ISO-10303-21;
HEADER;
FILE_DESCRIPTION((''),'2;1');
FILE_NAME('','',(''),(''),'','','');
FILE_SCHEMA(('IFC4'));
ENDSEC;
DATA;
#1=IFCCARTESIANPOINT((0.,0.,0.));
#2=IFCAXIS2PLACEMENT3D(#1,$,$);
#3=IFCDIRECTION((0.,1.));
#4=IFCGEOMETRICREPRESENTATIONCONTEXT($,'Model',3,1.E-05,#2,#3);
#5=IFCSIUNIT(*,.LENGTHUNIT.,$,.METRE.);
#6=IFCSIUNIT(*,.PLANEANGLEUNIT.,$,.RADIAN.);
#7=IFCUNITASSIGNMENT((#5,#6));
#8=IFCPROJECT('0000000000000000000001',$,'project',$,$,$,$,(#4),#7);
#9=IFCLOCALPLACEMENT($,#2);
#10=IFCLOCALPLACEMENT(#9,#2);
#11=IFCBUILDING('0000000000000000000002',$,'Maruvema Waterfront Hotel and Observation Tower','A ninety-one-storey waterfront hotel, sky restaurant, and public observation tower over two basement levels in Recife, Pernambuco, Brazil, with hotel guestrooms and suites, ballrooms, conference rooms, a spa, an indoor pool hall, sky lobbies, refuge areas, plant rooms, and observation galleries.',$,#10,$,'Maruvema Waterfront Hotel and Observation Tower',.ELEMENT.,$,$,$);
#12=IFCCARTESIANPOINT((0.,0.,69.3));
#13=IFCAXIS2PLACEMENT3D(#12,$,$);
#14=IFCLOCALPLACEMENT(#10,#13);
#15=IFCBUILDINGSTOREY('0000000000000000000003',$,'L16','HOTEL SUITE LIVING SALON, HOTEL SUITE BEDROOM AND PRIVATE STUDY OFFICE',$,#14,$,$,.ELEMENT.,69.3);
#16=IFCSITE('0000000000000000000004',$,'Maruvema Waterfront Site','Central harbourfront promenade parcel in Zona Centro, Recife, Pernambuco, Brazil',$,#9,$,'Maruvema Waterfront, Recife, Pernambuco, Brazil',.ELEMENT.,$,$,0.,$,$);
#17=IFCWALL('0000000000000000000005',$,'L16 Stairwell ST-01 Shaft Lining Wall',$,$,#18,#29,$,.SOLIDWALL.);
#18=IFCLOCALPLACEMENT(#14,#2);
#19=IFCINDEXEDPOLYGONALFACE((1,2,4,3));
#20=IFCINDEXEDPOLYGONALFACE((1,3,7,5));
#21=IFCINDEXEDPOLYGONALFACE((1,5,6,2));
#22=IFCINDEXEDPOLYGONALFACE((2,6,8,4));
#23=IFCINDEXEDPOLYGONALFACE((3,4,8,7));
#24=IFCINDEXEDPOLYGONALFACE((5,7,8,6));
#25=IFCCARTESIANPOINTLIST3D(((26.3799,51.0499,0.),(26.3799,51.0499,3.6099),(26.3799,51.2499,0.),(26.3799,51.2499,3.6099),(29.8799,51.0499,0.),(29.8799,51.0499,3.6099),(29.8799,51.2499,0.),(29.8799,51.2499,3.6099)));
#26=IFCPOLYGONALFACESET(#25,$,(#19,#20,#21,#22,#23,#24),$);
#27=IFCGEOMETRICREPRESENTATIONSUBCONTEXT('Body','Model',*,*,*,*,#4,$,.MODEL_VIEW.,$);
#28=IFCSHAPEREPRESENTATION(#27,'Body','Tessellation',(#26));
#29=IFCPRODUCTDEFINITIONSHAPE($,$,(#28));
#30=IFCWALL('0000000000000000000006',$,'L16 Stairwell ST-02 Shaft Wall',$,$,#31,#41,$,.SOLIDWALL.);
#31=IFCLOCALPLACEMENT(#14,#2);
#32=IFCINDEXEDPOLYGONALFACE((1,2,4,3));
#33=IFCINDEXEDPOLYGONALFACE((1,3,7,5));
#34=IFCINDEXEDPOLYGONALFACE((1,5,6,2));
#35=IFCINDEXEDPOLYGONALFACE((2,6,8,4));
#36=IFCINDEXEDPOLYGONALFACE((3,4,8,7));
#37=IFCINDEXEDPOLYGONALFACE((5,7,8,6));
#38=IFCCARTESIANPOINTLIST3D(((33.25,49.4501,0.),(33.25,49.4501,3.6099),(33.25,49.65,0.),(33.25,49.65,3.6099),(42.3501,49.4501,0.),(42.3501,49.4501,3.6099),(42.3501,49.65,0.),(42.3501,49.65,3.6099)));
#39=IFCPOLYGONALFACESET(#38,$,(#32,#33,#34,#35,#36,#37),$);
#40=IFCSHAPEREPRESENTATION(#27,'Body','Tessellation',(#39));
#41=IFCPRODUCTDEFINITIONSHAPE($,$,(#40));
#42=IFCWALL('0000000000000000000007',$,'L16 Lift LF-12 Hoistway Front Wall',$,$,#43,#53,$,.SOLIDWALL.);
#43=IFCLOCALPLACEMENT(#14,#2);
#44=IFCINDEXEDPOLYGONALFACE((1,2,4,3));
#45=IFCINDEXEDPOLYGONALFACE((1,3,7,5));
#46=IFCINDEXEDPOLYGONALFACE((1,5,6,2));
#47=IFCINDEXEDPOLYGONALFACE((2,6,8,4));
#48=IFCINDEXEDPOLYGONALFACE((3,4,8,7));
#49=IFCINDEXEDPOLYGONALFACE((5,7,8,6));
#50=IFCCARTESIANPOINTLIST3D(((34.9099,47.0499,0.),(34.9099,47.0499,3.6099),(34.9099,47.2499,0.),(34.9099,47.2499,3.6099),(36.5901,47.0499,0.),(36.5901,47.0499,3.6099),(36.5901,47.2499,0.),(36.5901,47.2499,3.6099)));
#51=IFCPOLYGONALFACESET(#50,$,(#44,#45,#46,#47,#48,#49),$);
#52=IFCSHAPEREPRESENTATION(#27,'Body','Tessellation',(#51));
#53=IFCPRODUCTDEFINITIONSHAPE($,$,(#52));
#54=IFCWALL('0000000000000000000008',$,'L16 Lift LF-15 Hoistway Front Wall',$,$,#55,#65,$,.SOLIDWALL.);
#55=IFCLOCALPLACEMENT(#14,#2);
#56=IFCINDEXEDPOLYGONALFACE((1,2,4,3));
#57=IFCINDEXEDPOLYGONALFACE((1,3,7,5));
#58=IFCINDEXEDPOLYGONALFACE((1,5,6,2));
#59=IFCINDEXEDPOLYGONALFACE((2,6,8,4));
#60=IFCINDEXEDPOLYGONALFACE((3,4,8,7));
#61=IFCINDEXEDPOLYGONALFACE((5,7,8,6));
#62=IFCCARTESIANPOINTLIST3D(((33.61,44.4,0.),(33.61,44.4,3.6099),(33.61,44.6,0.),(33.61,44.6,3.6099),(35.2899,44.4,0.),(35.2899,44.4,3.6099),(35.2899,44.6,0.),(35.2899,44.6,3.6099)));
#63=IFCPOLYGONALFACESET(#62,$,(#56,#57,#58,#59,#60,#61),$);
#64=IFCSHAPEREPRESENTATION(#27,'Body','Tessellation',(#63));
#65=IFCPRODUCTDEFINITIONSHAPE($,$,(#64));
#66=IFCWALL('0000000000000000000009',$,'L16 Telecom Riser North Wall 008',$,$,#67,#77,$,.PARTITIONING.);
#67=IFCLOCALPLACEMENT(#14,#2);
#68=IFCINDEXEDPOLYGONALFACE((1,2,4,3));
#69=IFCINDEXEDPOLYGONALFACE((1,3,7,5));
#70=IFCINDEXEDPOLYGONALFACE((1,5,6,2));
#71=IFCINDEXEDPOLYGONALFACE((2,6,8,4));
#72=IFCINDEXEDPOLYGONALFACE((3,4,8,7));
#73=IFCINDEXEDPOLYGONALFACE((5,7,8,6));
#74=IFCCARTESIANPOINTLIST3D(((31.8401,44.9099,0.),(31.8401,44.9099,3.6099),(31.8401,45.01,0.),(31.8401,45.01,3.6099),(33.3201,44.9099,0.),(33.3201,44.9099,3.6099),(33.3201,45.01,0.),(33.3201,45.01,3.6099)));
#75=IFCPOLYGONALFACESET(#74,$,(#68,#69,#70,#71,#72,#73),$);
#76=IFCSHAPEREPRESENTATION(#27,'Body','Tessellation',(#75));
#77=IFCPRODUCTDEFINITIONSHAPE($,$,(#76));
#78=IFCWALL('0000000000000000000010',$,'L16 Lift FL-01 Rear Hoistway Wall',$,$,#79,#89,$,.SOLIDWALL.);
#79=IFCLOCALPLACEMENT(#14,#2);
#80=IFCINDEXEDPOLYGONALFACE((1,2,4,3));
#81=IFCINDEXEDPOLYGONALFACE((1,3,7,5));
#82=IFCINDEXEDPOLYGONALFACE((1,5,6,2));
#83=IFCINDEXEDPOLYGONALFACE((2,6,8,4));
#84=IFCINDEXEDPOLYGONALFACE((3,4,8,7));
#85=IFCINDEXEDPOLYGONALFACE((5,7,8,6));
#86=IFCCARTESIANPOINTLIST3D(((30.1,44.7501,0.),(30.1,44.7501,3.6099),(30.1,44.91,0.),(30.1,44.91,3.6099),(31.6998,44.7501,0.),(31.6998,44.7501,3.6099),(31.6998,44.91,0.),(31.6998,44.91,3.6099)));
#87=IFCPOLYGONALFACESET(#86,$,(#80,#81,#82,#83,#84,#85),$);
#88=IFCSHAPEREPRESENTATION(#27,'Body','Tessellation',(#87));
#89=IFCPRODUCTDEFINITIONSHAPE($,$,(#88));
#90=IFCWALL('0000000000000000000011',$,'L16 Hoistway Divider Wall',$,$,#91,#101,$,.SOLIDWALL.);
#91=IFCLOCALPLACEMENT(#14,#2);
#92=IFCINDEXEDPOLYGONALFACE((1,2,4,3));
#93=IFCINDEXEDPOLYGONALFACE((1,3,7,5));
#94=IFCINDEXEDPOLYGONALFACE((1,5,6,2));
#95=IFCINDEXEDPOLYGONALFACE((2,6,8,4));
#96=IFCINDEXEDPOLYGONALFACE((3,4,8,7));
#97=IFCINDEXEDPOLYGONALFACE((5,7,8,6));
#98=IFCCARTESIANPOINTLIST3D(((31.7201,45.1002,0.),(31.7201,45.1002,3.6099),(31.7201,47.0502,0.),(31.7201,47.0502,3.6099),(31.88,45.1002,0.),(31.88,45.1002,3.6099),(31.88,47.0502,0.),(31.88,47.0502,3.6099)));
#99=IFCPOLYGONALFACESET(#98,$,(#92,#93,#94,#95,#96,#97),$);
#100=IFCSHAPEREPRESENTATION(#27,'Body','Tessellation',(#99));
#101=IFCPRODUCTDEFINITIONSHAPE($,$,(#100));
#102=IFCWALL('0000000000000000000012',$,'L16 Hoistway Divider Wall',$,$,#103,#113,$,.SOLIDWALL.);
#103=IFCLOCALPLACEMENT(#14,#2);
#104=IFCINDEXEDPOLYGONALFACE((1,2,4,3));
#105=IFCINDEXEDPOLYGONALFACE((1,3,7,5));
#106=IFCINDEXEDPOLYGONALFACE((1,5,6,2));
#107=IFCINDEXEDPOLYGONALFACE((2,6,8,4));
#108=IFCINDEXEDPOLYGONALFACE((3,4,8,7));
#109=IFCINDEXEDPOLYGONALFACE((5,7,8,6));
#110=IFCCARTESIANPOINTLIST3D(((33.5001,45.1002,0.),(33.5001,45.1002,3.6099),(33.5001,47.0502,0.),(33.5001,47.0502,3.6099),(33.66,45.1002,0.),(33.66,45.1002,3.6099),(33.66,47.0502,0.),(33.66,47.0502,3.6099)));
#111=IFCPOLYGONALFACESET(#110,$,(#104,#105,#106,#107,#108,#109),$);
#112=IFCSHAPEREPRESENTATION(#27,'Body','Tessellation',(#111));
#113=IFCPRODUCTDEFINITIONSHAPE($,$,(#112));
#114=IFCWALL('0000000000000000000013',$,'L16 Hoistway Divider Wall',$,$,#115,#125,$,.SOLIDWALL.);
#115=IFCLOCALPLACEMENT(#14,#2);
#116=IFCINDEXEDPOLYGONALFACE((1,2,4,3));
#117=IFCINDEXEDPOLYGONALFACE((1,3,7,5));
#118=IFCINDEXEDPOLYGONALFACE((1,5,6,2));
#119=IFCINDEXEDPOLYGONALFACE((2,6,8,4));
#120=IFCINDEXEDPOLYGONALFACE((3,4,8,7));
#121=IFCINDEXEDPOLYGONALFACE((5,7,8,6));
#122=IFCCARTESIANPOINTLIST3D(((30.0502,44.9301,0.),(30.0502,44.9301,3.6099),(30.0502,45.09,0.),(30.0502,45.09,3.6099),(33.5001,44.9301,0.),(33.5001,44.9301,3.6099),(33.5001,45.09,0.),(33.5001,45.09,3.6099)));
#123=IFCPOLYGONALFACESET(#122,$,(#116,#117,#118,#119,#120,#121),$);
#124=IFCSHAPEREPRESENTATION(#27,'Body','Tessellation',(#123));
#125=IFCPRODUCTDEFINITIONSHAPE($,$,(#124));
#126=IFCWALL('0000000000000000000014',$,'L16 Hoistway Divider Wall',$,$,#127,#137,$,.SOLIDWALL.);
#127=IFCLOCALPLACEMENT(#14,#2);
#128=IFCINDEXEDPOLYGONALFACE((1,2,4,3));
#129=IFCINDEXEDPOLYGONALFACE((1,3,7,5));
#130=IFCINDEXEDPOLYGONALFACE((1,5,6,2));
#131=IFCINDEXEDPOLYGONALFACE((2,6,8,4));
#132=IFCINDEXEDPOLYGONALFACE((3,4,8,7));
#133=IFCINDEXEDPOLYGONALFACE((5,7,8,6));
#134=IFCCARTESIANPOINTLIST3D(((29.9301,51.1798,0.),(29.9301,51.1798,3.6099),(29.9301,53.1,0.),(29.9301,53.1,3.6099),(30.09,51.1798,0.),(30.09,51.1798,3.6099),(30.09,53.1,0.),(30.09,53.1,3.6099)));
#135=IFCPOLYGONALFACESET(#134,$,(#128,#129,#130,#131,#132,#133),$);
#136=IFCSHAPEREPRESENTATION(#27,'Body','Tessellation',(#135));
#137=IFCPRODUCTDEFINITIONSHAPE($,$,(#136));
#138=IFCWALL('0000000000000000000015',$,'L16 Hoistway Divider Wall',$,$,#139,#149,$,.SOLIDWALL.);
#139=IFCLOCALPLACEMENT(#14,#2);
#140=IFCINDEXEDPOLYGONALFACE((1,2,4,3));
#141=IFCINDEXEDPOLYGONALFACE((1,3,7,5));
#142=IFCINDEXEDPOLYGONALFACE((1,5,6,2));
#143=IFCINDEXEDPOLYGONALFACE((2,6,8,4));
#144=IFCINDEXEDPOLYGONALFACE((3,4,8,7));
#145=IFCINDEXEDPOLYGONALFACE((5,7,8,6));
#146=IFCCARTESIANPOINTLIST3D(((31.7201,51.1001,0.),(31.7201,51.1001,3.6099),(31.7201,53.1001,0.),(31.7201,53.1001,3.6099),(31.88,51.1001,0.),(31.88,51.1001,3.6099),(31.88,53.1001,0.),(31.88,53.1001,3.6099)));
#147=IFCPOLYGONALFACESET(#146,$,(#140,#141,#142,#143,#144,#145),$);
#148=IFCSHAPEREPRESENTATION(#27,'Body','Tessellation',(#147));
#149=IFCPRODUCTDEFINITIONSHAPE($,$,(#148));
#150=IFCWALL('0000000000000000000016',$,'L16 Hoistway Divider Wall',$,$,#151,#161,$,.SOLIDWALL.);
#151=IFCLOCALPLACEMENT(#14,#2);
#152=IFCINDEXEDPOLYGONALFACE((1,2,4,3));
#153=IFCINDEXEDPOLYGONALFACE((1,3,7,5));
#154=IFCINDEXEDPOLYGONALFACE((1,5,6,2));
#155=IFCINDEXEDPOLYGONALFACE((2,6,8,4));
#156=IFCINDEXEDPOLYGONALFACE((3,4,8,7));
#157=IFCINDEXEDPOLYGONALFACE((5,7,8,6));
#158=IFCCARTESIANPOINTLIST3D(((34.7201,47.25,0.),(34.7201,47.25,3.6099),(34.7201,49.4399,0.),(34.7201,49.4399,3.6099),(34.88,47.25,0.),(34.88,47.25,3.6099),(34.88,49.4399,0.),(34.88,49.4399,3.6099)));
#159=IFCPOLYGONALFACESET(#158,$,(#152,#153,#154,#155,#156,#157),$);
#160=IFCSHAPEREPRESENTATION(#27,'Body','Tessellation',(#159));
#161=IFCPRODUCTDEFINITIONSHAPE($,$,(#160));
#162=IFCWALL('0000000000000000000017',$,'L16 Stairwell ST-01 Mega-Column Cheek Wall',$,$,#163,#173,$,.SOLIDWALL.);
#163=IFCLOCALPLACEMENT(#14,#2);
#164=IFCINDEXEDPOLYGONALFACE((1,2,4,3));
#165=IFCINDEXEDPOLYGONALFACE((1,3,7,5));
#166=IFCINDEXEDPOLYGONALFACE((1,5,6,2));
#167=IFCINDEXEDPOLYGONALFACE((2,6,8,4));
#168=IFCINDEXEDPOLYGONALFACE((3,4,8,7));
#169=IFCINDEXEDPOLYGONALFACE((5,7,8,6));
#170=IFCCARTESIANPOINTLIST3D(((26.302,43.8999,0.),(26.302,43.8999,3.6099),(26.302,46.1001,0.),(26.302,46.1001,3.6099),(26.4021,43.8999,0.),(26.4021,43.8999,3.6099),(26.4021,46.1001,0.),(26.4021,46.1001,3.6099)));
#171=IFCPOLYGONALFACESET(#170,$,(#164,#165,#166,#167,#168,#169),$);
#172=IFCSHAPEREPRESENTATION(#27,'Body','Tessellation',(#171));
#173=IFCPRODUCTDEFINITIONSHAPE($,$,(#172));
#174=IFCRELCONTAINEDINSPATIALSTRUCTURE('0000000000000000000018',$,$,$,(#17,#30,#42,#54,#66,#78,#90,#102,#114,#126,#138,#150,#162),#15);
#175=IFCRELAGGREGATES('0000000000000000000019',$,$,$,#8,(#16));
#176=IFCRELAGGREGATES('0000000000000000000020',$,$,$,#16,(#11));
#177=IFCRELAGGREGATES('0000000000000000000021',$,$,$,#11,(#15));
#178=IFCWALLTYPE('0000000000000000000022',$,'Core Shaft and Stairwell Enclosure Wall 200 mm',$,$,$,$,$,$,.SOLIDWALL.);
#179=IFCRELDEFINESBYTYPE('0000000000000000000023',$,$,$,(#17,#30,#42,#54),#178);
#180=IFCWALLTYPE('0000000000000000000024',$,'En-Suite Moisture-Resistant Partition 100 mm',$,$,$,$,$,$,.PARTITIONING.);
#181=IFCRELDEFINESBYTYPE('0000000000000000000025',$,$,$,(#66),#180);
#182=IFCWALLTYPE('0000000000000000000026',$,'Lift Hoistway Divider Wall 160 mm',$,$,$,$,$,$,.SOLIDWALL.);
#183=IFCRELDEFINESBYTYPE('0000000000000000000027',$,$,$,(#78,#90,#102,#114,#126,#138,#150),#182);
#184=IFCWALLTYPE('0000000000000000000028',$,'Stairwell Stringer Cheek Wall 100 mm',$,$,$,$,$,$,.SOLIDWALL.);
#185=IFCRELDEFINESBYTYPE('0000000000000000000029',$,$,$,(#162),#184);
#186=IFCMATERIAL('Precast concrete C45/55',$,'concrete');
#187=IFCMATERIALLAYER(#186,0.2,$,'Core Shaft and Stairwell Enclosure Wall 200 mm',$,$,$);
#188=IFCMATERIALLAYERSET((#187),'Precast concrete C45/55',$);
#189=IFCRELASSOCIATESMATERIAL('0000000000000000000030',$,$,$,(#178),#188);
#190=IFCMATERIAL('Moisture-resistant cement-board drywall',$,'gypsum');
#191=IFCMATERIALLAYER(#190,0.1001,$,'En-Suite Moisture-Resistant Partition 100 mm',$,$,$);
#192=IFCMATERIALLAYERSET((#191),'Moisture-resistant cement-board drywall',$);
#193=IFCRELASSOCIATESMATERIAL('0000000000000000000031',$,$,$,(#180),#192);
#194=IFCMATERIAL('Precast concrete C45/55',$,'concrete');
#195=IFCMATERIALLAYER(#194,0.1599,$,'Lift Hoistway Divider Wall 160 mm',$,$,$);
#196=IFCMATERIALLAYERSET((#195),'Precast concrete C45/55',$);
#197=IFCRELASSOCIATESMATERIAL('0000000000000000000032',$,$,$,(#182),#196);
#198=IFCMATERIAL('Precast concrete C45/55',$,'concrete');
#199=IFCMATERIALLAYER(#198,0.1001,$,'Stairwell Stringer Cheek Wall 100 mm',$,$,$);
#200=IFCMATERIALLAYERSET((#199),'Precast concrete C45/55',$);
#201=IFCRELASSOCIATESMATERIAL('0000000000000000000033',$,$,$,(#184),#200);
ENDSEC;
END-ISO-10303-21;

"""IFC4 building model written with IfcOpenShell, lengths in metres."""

from ifc_helpers import new_model, si_unit, direction, frame, frame_2d, origin, place, context, subcontext, project, spatial, rectangle, extrude, material, layer, layer_set, type_object, element, save


model = new_model("IFC4")

# Units and contexts
model_context = context("Model", 3, precision=1e-05, world=origin(), true_north=direction((0.0, 1.0)))
body_context = subcontext(model_context, "Body", "Model", "MODEL_VIEW")
ifc_project = project(units=[si_unit("LENGTHUNIT", "METRE"), si_unit("PLANEANGLEUNIT", "RADIAN")], contexts=[model_context])

# Site, building, storey
site_placement = place(None, origin())
site = spatial("IfcSite", under=ifc_project, at=site_placement, Name="Maruvema Waterfront Site", Description="Central harbourfront promenade parcel in Zona Centro, Recife, Pernambuco, Brazil", LongName="Maruvema Waterfront, Recife, Pernambuco, Brazil", CompositionType="ELEMENT", RefElevation=0.0)
building_placement = place(site_placement, origin())
building = spatial("IfcBuilding", under=site, at=building_placement, Name="Maruvema Waterfront Hotel and Observation Tower", Description="A ninety-one-storey waterfront hotel, sky restaurant, and public observation tower over two basement levels in Recife, Pernambuco, Brazil, with hotel guestrooms and suites, ballrooms, conference rooms, a spa, an indoor pool hall, sky lobbies, refuge areas, plant rooms, and observation galleries.", LongName="Maruvema Waterfront Hotel and Observation Tower", CompositionType="ELEMENT")
storey_placement = place(building_placement, frame((0.0, 0.0, 69.3)))
storey = spatial("IfcBuildingStorey", under=building, at=storey_placement, Name="L16", Description="HOTEL SUITE LIVING SALON, HOTEL SUITE BEDROOM AND PRIVATE STUDY OFFICE", CompositionType="ELEMENT", Elevation=69.3)

# Walls
ifc_material_1 = material(Name="Precast concrete C45/55", Category="concrete")
ifc_layer_1 = layer(ifc_material_1, 0.2, Name="Core Shaft and Stairwell Enclosure Wall 200 mm")
ifc_layer_set_1 = layer_set([ifc_layer_1], Name="Precast concrete C45/55")
wall_type_1 = type_object("IfcWallType", Name="Core Shaft and Stairwell Enclosure Wall 200 mm", PredefinedType="SOLIDWALL", material=ifc_layer_set_1)
wall_1_placement = place(storey_placement, frame((26.3799, 51.1499, 0.0), z_axis=(0.0, 0.0, 1.0), x_axis=(1.0, 0.0, 0.0)))
element("IfcWall", 1, at=wall_1_placement, inside=storey, type_object=wall_type_1, Name="L16 Stairwell ST-01 Shaft Lining Wall", PredefinedType="SOLIDWALL", context=body_context, shape_type="SweptSolid", body=[
    extrude(rectangle(XDim=3.5, YDim=0.2, at=frame_2d((1.75, 0.0))), origin(), (0.0, 0.0, 1.0), 3.6099),
])
wall_2_placement = place(storey_placement, frame((33.25, 49.55, 0.0), z_axis=(0.0, 0.0, 1.0), x_axis=(1.0, 0.0, 0.0)))
element("IfcWall", 2, at=wall_2_placement, inside=storey, type_object=wall_type_1, Name="L16 Stairwell ST-02 Shaft Wall", PredefinedType="SOLIDWALL", context=body_context, shape_type="SweptSolid", body=[
    extrude(rectangle(XDim=9.1001, YDim=0.2, at=frame_2d((4.55, 0.0))), origin(), (0.0, 0.0, 1.0), 3.6099),
])

# Walls
wall_3_placement = place(storey_placement, frame((34.9099, 47.1499, 0.0), z_axis=(0.0, 0.0, 1.0), x_axis=(1.0, 0.0, 0.0)))
element("IfcWall", 3, at=wall_3_placement, inside=storey, type_object=wall_type_1, Name="L16 Lift LF-12 Hoistway Front Wall", PredefinedType="SOLIDWALL", context=body_context, shape_type="SweptSolid", body=[
    extrude(rectangle(XDim=1.6802, YDim=0.2, at=frame_2d((0.8401, 0.0))), origin(), (0.0, 0.0, 1.0), 3.6099),
])
wall_4_placement = place(storey_placement, frame((33.6101, 44.5, 0.0), z_axis=(0.0, 0.0, 1.0), x_axis=(1.0, 0.0, 0.0)))
element("IfcWall", 4, at=wall_4_placement, inside=storey, type_object=wall_type_1, Name="L16 Lift LF-15 Hoistway Front Wall", PredefinedType="SOLIDWALL", context=body_context, shape_type="SweptSolid", body=[
    extrude(rectangle(XDim=1.6799, YDim=0.2, at=frame_2d((0.8398, 0.0))), origin(), (0.0, 0.0, 1.0), 3.6099),
])
ifc_material_2 = material(Name="Moisture-resistant cement-board drywall", Category="gypsum")
ifc_layer_2 = layer(ifc_material_2, 0.1001, Name="En-Suite Moisture-Resistant Partition 100 mm")
ifc_layer_set_2 = layer_set([ifc_layer_2], Name="Moisture-resistant cement-board drywall")
wall_type_2 = type_object("IfcWallType", Name="En-Suite Moisture-Resistant Partition 100 mm", PredefinedType="PARTITIONING", material=ifc_layer_set_2)
wall_5_placement = place(storey_placement, frame((31.8401, 44.96, 0.0), z_axis=(0.0, 0.0, 1.0), x_axis=(1.0, 0.0, 0.0)))
element("IfcWall", 5, at=wall_5_placement, inside=storey, type_object=wall_type_2, Name="L16 Telecom Riser North Wall 008", PredefinedType="PARTITIONING", context=body_context, shape_type="SweptSolid", body=[
    extrude(rectangle(XDim=1.48, YDim=0.1001, at=frame_2d((0.74, 0.0))), origin(), (0.0, 0.0, 1.0), 3.6099),
])
ifc_material_3 = material(Name="Precast concrete C45/55", Category="concrete")
ifc_layer_3 = layer(ifc_material_3, 0.1599, Name="Lift Hoistway Divider Wall 160 mm")
ifc_layer_set_3 = layer_set([ifc_layer_3], Name="Precast concrete C45/55")
wall_type_3 = type_object("IfcWallType", Name="Lift Hoistway Divider Wall 160 mm", PredefinedType="SOLIDWALL", material=ifc_layer_set_3)
wall_6_placement = place(storey_placement, frame((30.1001, 44.8301, 0.0), z_axis=(0.0, 0.0, 1.0), x_axis=(1.0, 0.0, 0.0)))
element("IfcWall", 6, at=wall_6_placement, inside=storey, type_object=wall_type_3, Name="L16 Lift FL-01 Rear Hoistway Wall", PredefinedType="SOLIDWALL", context=body_context, shape_type="SweptSolid", body=[
    extrude(rectangle(XDim=1.5999, YDim=0.1599, at=frame_2d((0.7998, 0.0))), origin(), (0.0, 0.0, 1.0), 3.6099),
])
for number, where, z_axis, x_axis, name in (
    (7, (31.8, 45.1001, 0.0), (0.0, 0.0, 1.0), (0.0, 1.0, 0.0), "L16 Hoistway Divider Wall"),
    (8, (33.5801, 45.1001, 0.0), (0.0, 0.0, 1.0), (0.0, 1.0, 0.0), "L16 Hoistway Divider Wall"),
):
    element("IfcWall", number, at=place(storey_placement, frame(where, z_axis=z_axis, x_axis=x_axis)), inside=storey, type_object=wall_type_3, Name=name, PredefinedType="SOLIDWALL", context=body_context, shape_type="SweptSolid", body=[
        extrude(rectangle(XDim=1.95, YDim=0.1599, at=frame_2d((0.9751, 0.0))), origin(), (0.0, 0.0, 1.0), 3.6099),
    ])
wall_7_placement = place(storey_placement, frame((30.05, 45.01, 0.0), z_axis=(0.0, 0.0, 1.0), x_axis=(1.0, 0.0, 0.0)))
element("IfcWall", 9, at=wall_7_placement, inside=storey, type_object=wall_type_3, Name="L16 Hoistway Divider Wall", PredefinedType="SOLIDWALL", context=body_context, shape_type="SweptSolid", body=[
    extrude(rectangle(XDim=3.45, YDim=0.1599, at=frame_2d((1.7251, 0.0))), origin(), (0.0, 0.0, 1.0), 3.6099),
])
wall_8_placement = place(storey_placement, frame((30.01, 51.1799, 0.0), z_axis=(0.0, 0.0, 1.0), x_axis=(0.0, 1.0, 0.0)))
element("IfcWall", 10, at=wall_8_placement, inside=storey, type_object=wall_type_3, Name="L16 Hoistway Divider Wall", PredefinedType="SOLIDWALL", context=body_context, shape_type="SweptSolid", body=[
    extrude(rectangle(XDim=1.9202, YDim=0.1599, at=frame_2d((0.96, 0.0))), origin(), (0.0, 0.0, 1.0), 3.6099),
])
wall_9_placement = place(storey_placement, frame((31.8, 51.1001, 0.0), z_axis=(0.0, 0.0, 1.0), x_axis=(0.0, 1.0, 0.0)))
element("IfcWall", 11, at=wall_9_placement, inside=storey, type_object=wall_type_3, Name="L16 Hoistway Divider Wall", PredefinedType="SOLIDWALL", context=body_context, shape_type="SweptSolid", body=[
    extrude(rectangle(XDim=2.0, YDim=0.1599, at=frame_2d((1.0, 0.0))), origin(), (0.0, 0.0, 1.0), 3.6099),
])
wall_10_placement = place(storey_placement, frame((34.8, 47.25, 0.0), z_axis=(0.0, 0.0, 1.0), x_axis=(0.0, 1.0, 0.0)))
element("IfcWall", 12, at=wall_10_placement, inside=storey, type_object=wall_type_3, Name="L16 Hoistway Divider Wall", PredefinedType="SOLIDWALL", context=body_context, shape_type="SweptSolid", body=[
    extrude(rectangle(XDim=2.1899, YDim=0.1599, at=frame_2d((1.095, 0.0))), origin(), (0.0, 0.0, 1.0), 3.6099),
])
ifc_material_4 = material(Name="Precast concrete C45/55", Category="concrete")
ifc_layer_4 = layer(ifc_material_4, 0.1001, Name="Stairwell Stringer Cheek Wall 100 mm")
ifc_layer_set_4 = layer_set([ifc_layer_4], Name="Precast concrete C45/55")
wall_type_4 = type_object("IfcWallType", Name="Stairwell Stringer Cheek Wall 100 mm", PredefinedType="SOLIDWALL", material=ifc_layer_set_4)
wall_11_placement = place(storey_placement, frame((26.3521, 43.8999, 0.0), z_axis=(0.0, 0.0, 1.0), x_axis=(0.0, 1.0, 0.0)))
element("IfcWall", 13, at=wall_11_placement, inside=storey, type_object=wall_type_4, Name="L16 Stairwell ST-01 Mega-Column Cheek Wall", PredefinedType="SOLIDWALL", context=body_context, shape_type="SweptSolid", body=[
    extrude(rectangle(XDim=2.2002, YDim=0.1001, at=frame_2d((1.1001, 0.0))), origin(), (0.0, 0.0, 1.0), 3.6099),
])

save(model, "model.ifc")
